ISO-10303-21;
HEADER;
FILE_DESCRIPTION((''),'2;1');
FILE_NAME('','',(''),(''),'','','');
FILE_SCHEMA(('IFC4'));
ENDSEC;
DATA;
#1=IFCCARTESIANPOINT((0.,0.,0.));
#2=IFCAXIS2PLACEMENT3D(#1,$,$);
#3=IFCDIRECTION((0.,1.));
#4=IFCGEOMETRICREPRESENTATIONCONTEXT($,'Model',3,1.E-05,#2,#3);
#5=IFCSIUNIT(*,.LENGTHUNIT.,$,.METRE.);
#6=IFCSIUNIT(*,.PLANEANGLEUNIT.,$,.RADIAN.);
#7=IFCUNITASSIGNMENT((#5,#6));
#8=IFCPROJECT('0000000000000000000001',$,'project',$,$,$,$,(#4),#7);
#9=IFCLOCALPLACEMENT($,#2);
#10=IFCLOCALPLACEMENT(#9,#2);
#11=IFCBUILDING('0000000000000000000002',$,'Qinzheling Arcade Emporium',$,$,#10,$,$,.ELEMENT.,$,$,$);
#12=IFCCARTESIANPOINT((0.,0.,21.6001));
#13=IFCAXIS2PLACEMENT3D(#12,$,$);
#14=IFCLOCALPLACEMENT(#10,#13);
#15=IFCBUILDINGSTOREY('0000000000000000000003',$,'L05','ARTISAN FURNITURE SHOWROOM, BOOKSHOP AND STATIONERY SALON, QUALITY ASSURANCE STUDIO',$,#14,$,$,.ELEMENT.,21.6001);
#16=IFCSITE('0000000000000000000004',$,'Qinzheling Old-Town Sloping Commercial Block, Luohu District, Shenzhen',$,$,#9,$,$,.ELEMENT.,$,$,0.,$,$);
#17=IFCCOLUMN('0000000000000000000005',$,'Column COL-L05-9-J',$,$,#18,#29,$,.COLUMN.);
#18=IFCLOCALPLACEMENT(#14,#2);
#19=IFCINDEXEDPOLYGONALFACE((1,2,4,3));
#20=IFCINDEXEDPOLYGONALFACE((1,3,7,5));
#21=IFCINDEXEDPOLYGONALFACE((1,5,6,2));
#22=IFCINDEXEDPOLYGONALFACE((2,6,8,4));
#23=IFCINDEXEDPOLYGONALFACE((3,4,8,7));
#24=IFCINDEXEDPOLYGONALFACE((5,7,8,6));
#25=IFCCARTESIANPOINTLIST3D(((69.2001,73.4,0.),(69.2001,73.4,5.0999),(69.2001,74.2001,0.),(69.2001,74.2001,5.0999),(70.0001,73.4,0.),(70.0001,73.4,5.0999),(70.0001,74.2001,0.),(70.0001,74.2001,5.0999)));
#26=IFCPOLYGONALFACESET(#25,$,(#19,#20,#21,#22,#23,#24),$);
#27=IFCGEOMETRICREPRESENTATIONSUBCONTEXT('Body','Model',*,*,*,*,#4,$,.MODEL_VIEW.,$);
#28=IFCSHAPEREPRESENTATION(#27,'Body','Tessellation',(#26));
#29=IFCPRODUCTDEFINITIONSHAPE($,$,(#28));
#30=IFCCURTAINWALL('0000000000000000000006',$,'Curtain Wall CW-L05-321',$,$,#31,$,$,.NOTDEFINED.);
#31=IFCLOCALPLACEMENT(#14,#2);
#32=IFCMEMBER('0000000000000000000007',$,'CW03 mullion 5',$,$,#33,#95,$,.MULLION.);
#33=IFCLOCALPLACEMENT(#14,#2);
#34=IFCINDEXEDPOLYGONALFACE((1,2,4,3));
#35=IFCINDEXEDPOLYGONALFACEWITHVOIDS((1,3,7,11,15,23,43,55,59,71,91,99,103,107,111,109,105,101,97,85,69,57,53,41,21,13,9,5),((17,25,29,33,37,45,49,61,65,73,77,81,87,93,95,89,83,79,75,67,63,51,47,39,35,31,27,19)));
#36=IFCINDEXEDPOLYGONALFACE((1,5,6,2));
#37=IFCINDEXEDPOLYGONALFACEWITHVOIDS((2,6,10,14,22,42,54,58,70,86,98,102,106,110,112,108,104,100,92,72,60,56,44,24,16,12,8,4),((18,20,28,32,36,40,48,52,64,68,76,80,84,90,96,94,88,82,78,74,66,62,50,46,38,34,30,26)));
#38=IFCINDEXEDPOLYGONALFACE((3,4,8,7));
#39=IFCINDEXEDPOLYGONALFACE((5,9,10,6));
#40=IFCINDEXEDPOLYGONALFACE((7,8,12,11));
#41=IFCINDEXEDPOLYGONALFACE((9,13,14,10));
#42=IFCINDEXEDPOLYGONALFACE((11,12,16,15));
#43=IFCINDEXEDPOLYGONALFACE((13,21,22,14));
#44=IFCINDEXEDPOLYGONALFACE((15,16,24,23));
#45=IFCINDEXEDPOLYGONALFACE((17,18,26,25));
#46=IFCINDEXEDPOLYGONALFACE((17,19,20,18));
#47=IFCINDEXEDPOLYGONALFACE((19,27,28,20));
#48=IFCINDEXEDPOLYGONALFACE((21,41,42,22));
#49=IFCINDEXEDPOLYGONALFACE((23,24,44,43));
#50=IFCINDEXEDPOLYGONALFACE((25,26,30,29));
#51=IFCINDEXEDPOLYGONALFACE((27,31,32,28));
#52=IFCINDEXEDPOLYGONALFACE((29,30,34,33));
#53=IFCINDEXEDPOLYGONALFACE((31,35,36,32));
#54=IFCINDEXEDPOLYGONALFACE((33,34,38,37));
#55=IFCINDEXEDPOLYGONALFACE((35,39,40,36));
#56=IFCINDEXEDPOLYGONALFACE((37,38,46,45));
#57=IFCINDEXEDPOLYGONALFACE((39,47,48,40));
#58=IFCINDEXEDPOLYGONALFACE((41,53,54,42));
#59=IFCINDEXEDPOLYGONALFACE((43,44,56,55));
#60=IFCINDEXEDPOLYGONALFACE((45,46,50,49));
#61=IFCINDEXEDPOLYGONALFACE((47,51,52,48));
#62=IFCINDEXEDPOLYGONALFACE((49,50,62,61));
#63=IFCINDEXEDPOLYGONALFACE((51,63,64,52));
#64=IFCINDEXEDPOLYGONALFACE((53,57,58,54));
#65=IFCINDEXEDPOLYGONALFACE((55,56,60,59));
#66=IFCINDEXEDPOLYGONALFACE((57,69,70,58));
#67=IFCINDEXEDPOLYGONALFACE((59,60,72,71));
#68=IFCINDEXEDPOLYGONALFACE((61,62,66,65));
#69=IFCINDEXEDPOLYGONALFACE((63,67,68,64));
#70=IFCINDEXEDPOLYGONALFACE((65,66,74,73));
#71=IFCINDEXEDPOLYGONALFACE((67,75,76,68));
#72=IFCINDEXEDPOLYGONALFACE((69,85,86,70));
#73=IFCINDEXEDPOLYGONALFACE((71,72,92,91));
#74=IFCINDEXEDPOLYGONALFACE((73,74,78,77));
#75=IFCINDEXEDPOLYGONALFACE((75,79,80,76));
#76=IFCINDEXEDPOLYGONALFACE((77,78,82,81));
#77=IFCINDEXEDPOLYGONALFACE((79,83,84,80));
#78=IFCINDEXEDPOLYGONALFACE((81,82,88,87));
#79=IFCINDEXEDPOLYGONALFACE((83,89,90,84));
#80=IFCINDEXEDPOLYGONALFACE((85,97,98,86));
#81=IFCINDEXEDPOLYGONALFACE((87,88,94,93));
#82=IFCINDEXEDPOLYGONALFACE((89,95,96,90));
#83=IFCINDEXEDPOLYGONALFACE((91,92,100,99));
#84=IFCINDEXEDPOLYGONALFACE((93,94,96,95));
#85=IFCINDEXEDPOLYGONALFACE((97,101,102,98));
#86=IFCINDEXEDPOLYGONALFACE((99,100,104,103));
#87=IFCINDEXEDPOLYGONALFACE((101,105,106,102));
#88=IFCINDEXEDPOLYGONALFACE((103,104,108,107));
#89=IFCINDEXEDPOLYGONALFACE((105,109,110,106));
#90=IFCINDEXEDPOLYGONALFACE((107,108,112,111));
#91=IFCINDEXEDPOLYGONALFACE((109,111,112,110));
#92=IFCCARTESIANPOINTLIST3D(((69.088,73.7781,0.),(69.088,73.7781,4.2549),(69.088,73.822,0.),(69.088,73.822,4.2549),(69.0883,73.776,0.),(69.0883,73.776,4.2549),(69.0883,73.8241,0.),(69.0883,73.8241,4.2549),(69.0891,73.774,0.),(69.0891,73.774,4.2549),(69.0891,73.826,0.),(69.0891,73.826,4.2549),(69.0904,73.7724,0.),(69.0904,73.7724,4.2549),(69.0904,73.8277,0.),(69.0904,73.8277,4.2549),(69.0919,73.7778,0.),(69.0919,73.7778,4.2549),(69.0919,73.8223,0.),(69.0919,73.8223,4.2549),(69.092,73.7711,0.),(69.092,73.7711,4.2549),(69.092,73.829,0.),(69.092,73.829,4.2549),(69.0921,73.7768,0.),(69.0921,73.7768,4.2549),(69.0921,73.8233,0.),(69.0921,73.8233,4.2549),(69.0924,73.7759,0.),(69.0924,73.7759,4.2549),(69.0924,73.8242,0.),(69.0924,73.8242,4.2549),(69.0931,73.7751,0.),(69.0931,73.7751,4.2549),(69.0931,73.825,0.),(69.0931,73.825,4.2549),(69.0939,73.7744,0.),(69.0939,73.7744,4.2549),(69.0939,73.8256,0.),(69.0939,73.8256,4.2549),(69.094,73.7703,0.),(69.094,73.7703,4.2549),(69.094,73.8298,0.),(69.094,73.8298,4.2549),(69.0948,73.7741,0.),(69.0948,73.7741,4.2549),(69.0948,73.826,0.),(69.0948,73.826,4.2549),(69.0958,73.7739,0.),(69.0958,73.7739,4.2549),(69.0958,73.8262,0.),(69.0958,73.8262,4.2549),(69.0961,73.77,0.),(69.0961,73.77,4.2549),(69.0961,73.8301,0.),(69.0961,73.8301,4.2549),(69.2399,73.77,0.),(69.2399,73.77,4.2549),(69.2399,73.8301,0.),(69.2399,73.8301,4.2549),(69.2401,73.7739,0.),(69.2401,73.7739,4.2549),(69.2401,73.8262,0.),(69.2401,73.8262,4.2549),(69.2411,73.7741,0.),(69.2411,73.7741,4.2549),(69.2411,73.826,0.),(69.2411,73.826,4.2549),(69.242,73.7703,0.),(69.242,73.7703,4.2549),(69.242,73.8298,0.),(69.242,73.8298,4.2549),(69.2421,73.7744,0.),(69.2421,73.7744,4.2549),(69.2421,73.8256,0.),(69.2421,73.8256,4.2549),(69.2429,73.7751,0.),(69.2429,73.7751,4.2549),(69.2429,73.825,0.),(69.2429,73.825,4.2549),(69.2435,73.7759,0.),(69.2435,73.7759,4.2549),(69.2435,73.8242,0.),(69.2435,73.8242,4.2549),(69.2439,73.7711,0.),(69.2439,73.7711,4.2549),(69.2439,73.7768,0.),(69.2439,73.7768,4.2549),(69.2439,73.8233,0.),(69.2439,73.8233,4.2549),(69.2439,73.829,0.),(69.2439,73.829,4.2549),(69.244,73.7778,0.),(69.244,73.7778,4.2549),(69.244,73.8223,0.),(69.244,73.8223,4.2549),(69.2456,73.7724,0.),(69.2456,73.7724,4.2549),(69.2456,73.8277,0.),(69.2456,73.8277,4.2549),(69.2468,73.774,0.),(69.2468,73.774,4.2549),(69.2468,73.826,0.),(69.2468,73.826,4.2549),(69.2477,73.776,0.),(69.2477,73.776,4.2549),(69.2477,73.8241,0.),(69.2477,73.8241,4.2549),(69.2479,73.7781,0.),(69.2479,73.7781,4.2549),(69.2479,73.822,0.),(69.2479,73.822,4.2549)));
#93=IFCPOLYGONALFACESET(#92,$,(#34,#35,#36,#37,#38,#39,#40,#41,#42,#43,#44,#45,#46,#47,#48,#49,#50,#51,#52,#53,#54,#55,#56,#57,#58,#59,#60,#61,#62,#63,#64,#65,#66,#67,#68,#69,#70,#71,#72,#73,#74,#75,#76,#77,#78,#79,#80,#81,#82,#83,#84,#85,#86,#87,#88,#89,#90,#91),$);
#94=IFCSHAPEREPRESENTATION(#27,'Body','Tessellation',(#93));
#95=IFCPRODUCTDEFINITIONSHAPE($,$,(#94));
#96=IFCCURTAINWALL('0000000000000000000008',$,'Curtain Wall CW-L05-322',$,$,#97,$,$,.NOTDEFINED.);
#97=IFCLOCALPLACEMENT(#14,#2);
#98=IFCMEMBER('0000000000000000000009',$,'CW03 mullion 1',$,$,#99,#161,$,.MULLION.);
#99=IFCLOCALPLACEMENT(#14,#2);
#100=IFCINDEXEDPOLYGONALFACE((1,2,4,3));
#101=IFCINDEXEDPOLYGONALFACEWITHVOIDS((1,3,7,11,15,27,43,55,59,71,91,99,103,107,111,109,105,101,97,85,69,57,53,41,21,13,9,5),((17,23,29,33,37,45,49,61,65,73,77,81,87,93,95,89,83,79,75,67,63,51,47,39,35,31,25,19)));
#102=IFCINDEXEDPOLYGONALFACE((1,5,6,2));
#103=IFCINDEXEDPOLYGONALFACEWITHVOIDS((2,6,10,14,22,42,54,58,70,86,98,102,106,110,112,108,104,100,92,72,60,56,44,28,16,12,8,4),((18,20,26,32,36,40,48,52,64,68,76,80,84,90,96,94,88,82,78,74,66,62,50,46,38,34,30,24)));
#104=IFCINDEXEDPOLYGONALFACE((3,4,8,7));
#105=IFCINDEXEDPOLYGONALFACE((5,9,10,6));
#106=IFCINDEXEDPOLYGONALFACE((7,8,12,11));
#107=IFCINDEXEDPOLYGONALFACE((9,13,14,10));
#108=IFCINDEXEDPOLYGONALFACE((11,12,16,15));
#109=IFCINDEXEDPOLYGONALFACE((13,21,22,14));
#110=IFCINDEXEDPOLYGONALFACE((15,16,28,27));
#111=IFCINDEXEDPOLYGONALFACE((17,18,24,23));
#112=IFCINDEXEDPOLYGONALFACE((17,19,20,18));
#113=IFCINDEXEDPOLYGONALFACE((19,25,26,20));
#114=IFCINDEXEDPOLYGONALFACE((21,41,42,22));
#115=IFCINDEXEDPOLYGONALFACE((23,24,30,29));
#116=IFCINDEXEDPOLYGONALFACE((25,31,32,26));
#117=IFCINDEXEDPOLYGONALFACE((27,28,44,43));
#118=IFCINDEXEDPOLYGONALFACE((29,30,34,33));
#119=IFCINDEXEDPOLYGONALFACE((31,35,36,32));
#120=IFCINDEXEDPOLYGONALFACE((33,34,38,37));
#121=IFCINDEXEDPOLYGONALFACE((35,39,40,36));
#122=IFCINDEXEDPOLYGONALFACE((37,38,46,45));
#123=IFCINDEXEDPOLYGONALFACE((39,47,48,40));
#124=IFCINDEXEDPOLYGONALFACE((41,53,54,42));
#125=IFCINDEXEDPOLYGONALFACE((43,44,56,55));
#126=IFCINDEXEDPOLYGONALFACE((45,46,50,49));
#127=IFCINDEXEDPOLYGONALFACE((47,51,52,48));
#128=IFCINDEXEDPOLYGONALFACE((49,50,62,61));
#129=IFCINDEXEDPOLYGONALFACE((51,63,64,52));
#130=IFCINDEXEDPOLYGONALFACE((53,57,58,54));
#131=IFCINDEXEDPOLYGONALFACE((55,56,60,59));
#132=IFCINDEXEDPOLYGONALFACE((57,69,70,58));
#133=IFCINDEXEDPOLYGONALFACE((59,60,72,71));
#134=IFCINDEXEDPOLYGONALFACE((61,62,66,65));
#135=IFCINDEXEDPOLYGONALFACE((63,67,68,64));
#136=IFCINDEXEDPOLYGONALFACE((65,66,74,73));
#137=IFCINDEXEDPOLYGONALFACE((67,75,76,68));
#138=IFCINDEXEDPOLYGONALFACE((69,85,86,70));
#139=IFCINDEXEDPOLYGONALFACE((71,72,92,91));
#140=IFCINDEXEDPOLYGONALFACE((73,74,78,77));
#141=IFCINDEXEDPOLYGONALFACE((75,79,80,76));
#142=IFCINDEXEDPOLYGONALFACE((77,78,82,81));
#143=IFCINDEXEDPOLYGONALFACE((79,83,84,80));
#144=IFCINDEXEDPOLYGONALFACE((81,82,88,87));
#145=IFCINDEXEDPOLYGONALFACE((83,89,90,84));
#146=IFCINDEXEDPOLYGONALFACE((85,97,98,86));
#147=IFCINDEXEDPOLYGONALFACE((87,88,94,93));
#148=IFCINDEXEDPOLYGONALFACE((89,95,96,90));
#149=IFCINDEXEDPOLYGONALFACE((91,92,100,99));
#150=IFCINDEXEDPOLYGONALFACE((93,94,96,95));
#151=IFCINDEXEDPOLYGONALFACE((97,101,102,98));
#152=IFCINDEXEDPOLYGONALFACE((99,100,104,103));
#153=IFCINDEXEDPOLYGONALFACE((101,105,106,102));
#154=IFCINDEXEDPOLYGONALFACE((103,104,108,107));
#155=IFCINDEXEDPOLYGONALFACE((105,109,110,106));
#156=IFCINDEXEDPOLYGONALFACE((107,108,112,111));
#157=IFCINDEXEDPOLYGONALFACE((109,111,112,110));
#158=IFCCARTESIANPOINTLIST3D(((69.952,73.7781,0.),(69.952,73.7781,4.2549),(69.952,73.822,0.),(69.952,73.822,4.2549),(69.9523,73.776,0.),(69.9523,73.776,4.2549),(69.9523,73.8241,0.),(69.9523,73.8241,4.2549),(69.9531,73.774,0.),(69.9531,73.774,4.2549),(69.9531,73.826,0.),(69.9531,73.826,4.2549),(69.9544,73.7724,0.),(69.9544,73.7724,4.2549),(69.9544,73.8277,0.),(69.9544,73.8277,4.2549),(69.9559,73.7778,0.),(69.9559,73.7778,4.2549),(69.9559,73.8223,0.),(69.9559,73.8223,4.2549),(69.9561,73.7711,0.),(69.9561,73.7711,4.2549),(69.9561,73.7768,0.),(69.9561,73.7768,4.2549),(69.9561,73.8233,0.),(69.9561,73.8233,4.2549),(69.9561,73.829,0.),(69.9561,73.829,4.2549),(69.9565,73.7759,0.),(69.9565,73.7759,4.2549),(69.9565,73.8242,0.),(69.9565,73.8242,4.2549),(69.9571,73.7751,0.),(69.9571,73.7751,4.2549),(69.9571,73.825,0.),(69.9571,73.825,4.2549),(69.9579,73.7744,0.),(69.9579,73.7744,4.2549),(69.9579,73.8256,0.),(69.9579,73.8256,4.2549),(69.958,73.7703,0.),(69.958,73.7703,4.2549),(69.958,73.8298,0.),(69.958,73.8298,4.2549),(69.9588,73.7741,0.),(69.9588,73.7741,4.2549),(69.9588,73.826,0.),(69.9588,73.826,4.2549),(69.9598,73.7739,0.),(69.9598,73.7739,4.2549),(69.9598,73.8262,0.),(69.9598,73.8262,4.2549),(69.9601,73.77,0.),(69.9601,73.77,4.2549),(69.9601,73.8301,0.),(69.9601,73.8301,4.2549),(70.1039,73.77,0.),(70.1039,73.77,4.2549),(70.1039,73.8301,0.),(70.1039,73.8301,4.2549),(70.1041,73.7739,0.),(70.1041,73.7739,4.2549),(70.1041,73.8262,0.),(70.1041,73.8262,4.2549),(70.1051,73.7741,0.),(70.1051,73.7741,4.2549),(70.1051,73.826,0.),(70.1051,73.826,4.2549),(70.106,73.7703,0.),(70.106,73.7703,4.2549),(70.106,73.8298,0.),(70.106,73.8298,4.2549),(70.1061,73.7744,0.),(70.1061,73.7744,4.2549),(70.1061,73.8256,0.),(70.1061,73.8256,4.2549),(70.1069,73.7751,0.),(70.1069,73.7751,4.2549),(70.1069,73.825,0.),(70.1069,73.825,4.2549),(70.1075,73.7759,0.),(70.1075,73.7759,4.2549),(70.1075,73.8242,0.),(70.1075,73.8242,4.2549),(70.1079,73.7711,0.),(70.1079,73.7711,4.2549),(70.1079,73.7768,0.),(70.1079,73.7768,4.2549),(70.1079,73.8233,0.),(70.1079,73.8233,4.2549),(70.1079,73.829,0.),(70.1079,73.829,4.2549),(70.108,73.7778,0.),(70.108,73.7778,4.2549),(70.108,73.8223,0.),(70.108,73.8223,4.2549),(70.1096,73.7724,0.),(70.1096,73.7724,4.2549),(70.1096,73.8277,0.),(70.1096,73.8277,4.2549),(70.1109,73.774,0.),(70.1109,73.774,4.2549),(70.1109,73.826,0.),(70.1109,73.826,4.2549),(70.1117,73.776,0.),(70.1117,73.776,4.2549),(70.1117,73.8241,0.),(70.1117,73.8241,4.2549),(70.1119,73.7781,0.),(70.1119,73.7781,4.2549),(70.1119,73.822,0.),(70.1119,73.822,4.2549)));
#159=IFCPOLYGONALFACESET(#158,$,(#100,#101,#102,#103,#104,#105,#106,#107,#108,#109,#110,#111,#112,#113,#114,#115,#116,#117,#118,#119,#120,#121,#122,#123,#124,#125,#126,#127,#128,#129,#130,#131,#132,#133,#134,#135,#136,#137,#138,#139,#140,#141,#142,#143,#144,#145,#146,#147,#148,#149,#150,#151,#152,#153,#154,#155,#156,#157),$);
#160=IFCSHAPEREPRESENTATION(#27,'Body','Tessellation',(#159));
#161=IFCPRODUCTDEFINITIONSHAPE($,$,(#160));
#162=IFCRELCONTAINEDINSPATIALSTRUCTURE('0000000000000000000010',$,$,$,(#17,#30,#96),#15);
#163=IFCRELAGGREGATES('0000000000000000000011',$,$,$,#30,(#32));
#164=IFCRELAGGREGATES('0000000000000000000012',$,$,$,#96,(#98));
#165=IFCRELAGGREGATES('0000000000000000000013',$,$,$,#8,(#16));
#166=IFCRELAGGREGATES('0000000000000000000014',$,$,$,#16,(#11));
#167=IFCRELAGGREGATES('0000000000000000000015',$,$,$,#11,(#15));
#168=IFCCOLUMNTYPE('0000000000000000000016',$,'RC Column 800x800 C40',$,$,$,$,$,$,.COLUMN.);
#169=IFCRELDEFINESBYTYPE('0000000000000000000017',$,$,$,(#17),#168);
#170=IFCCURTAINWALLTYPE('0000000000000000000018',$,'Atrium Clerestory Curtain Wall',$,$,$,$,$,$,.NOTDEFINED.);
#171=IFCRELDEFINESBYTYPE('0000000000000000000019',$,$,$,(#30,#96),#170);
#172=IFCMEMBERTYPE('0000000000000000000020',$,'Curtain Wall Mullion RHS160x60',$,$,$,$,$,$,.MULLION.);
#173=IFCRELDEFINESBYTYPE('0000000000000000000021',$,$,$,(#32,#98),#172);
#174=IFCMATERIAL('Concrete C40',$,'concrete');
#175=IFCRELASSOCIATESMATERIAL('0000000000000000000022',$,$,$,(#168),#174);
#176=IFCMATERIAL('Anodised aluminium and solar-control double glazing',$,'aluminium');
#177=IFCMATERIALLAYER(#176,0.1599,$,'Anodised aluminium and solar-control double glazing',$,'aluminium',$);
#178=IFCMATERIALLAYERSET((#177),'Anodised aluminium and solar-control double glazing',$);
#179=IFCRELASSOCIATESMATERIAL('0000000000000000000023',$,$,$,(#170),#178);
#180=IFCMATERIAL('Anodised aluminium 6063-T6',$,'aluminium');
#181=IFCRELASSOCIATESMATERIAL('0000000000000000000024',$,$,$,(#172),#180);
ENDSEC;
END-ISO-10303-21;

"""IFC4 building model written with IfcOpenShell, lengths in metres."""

from ifc_helpers import new_model, si_unit, direction, frame, origin, origin_2d, place, context, subcontext, project, spatial, rectangle, hollow_rectangle, extrude, material, layer, layer_set, material_profile, profile_set, type_object, element, aggregate, save


model = new_model("IFC4")

# Units and contexts
model_context = context("Model", 3, precision=1e-05, world=origin(), true_north=direction((0.0, 1.0)))
body_context = subcontext(model_context, "Body", "Model", "MODEL_VIEW")
ifc_project = project(units=[si_unit("LENGTHUNIT", "METRE"), si_unit("PLANEANGLEUNIT", "RADIAN")], contexts=[model_context])

# Site, building, storey
site_placement = place(None, origin())
site = spatial("IfcSite", under=ifc_project, at=site_placement, Name="Qinzheling Old-Town Sloping Commercial Block, Luohu District, Shenzhen", CompositionType="ELEMENT", RefElevation=0.0)
building_placement = place(site_placement, origin())
building = spatial("IfcBuilding", under=site, at=building_placement, Name="Qinzheling Arcade Emporium", CompositionType="ELEMENT")
storey_placement = place(building_placement, frame((0.0, 0.0, 21.6001)))
storey = spatial("IfcBuildingStorey", under=building, at=storey_placement, Name="L05", Description="ARTISAN FURNITURE SHOWROOM, BOOKSHOP AND STATIONERY SALON, QUALITY ASSURANCE STUDIO", CompositionType="ELEMENT", Elevation=21.6001)

# Column
ifc_material_1 = material(Name="Concrete C40", Category="concrete")
ifc_material_profile_1 = material_profile(ifc_material_1, rectangle(XDim=0.8, YDim=0.8, at=origin_2d()), Name="RC 800x800", Category="concrete")
ifc_profile_set_1 = profile_set([ifc_material_profile_1], Name="Concrete C40")
column_type = type_object("IfcColumnType", Name="RC Column 800x800 C40", PredefinedType="COLUMN", material=ifc_profile_set_1)
column_placement = place(storey_placement, frame((69.6001, 73.8, 0.0), z_axis=(0.0, 0.0, 1.0), x_axis=(1.0, 0.0, 0.0)))
element("IfcColumn", 1, at=column_placement, inside=storey, type_object=column_type, Name="Column COL-L05-9-J", PredefinedType="COLUMN", context=body_context, shape_type="SweptSolid", body=[
    extrude(rectangle(XDim=0.8, YDim=0.8, at=origin_2d()), origin(), (0.0, 0.0, 1.0), 5.0999),
])

# Curtain wall, member
ifc_material_2 = material(Name="Anodised aluminium and solar-control double glazing", Category="aluminium")
ifc_layer_1 = layer(ifc_material_2, 0.1599, Name="Anodised aluminium and solar-control double glazing", Category="aluminium")
ifc_layer_set_1 = layer_set([ifc_layer_1], Name="Anodised aluminium and solar-control double glazing")
curtain_wall_type = type_object("IfcCurtainWallType", Name="Atrium Clerestory Curtain Wall", PredefinedType="NOTDEFINED", material=ifc_layer_set_1)
curtain_wall_1_placement = place(storey_placement, origin())
curtain_wall_1 = element("IfcCurtainWall", 2, at=curtain_wall_1_placement, inside=storey, type_object=curtain_wall_type, Name="Curtain Wall CW-L05-321", PredefinedType="NOTDEFINED")
ifc_material_3 = material(Name="Anodised aluminium 6063-T6", Category="aluminium")
ifc_material_profile_2 = material_profile(ifc_material_3, hollow_rectangle(XDim=0.0601, YDim=0.1599, WallThickness=0.0039, InnerFilletRadius=0.0039, OuterFilletRadius=0.0081, at=origin_2d()), Name="RHS 160x60x4", Category="aluminium")
ifc_profile_set_2 = profile_set([ifc_material_profile_2], Name="Anodised aluminium 6063-T6")
member_type_1 = type_object("IfcMemberType", Name="Curtain Wall Mullion RHS160x60", PredefinedType="MULLION", material=ifc_profile_set_2)
member_1_placement = place(storey_placement, frame((69.168, 73.8, 0.0), z_axis=(0.0, 0.0, 1.0), x_axis=(0.0, 1.0, 0.0)))
member_1 = element("IfcMember", 3, at=member_1_placement, type_object=member_type_1, Name="CW03 mullion 5", PredefinedType="MULLION", context=body_context, shape_type="SweptSolid", body=[
    extrude(hollow_rectangle(XDim=0.0601, YDim=0.1599, WallThickness=0.0039, InnerFilletRadius=0.0039, OuterFilletRadius=0.0081, at=origin_2d()), origin(), (0.0, 0.0, 1.0), 4.2549),
])

# Curtain wall, member
curtain_wall_2_placement = place(storey_placement, origin())
curtain_wall_2 = element("IfcCurtainWall", 4, at=curtain_wall_2_placement, inside=storey, type_object=curtain_wall_type, Name="Curtain Wall CW-L05-322", PredefinedType="NOTDEFINED")
member_2_placement = place(storey_placement, frame((70.032, 73.8, 0.0), z_axis=(0.0, 0.0, 1.0), x_axis=(0.0, 1.0, 0.0)))
member_2 = element("IfcMember", 5, at=member_2_placement, type_object=member_type_1, Name="CW03 mullion 1", PredefinedType="MULLION", context=body_context, shape_type="SweptSolid", body=[
    extrude(hollow_rectangle(XDim=0.0601, YDim=0.1599, WallThickness=0.0039, InnerFilletRadius=0.0039, OuterFilletRadius=0.0081, at=origin_2d()), origin(), (0.0, 0.0, 1.0), 4.2549),
])

aggregate(curtain_wall_1, [member_1])
aggregate(curtain_wall_2, [member_2])

save(model, "model.ifc")
